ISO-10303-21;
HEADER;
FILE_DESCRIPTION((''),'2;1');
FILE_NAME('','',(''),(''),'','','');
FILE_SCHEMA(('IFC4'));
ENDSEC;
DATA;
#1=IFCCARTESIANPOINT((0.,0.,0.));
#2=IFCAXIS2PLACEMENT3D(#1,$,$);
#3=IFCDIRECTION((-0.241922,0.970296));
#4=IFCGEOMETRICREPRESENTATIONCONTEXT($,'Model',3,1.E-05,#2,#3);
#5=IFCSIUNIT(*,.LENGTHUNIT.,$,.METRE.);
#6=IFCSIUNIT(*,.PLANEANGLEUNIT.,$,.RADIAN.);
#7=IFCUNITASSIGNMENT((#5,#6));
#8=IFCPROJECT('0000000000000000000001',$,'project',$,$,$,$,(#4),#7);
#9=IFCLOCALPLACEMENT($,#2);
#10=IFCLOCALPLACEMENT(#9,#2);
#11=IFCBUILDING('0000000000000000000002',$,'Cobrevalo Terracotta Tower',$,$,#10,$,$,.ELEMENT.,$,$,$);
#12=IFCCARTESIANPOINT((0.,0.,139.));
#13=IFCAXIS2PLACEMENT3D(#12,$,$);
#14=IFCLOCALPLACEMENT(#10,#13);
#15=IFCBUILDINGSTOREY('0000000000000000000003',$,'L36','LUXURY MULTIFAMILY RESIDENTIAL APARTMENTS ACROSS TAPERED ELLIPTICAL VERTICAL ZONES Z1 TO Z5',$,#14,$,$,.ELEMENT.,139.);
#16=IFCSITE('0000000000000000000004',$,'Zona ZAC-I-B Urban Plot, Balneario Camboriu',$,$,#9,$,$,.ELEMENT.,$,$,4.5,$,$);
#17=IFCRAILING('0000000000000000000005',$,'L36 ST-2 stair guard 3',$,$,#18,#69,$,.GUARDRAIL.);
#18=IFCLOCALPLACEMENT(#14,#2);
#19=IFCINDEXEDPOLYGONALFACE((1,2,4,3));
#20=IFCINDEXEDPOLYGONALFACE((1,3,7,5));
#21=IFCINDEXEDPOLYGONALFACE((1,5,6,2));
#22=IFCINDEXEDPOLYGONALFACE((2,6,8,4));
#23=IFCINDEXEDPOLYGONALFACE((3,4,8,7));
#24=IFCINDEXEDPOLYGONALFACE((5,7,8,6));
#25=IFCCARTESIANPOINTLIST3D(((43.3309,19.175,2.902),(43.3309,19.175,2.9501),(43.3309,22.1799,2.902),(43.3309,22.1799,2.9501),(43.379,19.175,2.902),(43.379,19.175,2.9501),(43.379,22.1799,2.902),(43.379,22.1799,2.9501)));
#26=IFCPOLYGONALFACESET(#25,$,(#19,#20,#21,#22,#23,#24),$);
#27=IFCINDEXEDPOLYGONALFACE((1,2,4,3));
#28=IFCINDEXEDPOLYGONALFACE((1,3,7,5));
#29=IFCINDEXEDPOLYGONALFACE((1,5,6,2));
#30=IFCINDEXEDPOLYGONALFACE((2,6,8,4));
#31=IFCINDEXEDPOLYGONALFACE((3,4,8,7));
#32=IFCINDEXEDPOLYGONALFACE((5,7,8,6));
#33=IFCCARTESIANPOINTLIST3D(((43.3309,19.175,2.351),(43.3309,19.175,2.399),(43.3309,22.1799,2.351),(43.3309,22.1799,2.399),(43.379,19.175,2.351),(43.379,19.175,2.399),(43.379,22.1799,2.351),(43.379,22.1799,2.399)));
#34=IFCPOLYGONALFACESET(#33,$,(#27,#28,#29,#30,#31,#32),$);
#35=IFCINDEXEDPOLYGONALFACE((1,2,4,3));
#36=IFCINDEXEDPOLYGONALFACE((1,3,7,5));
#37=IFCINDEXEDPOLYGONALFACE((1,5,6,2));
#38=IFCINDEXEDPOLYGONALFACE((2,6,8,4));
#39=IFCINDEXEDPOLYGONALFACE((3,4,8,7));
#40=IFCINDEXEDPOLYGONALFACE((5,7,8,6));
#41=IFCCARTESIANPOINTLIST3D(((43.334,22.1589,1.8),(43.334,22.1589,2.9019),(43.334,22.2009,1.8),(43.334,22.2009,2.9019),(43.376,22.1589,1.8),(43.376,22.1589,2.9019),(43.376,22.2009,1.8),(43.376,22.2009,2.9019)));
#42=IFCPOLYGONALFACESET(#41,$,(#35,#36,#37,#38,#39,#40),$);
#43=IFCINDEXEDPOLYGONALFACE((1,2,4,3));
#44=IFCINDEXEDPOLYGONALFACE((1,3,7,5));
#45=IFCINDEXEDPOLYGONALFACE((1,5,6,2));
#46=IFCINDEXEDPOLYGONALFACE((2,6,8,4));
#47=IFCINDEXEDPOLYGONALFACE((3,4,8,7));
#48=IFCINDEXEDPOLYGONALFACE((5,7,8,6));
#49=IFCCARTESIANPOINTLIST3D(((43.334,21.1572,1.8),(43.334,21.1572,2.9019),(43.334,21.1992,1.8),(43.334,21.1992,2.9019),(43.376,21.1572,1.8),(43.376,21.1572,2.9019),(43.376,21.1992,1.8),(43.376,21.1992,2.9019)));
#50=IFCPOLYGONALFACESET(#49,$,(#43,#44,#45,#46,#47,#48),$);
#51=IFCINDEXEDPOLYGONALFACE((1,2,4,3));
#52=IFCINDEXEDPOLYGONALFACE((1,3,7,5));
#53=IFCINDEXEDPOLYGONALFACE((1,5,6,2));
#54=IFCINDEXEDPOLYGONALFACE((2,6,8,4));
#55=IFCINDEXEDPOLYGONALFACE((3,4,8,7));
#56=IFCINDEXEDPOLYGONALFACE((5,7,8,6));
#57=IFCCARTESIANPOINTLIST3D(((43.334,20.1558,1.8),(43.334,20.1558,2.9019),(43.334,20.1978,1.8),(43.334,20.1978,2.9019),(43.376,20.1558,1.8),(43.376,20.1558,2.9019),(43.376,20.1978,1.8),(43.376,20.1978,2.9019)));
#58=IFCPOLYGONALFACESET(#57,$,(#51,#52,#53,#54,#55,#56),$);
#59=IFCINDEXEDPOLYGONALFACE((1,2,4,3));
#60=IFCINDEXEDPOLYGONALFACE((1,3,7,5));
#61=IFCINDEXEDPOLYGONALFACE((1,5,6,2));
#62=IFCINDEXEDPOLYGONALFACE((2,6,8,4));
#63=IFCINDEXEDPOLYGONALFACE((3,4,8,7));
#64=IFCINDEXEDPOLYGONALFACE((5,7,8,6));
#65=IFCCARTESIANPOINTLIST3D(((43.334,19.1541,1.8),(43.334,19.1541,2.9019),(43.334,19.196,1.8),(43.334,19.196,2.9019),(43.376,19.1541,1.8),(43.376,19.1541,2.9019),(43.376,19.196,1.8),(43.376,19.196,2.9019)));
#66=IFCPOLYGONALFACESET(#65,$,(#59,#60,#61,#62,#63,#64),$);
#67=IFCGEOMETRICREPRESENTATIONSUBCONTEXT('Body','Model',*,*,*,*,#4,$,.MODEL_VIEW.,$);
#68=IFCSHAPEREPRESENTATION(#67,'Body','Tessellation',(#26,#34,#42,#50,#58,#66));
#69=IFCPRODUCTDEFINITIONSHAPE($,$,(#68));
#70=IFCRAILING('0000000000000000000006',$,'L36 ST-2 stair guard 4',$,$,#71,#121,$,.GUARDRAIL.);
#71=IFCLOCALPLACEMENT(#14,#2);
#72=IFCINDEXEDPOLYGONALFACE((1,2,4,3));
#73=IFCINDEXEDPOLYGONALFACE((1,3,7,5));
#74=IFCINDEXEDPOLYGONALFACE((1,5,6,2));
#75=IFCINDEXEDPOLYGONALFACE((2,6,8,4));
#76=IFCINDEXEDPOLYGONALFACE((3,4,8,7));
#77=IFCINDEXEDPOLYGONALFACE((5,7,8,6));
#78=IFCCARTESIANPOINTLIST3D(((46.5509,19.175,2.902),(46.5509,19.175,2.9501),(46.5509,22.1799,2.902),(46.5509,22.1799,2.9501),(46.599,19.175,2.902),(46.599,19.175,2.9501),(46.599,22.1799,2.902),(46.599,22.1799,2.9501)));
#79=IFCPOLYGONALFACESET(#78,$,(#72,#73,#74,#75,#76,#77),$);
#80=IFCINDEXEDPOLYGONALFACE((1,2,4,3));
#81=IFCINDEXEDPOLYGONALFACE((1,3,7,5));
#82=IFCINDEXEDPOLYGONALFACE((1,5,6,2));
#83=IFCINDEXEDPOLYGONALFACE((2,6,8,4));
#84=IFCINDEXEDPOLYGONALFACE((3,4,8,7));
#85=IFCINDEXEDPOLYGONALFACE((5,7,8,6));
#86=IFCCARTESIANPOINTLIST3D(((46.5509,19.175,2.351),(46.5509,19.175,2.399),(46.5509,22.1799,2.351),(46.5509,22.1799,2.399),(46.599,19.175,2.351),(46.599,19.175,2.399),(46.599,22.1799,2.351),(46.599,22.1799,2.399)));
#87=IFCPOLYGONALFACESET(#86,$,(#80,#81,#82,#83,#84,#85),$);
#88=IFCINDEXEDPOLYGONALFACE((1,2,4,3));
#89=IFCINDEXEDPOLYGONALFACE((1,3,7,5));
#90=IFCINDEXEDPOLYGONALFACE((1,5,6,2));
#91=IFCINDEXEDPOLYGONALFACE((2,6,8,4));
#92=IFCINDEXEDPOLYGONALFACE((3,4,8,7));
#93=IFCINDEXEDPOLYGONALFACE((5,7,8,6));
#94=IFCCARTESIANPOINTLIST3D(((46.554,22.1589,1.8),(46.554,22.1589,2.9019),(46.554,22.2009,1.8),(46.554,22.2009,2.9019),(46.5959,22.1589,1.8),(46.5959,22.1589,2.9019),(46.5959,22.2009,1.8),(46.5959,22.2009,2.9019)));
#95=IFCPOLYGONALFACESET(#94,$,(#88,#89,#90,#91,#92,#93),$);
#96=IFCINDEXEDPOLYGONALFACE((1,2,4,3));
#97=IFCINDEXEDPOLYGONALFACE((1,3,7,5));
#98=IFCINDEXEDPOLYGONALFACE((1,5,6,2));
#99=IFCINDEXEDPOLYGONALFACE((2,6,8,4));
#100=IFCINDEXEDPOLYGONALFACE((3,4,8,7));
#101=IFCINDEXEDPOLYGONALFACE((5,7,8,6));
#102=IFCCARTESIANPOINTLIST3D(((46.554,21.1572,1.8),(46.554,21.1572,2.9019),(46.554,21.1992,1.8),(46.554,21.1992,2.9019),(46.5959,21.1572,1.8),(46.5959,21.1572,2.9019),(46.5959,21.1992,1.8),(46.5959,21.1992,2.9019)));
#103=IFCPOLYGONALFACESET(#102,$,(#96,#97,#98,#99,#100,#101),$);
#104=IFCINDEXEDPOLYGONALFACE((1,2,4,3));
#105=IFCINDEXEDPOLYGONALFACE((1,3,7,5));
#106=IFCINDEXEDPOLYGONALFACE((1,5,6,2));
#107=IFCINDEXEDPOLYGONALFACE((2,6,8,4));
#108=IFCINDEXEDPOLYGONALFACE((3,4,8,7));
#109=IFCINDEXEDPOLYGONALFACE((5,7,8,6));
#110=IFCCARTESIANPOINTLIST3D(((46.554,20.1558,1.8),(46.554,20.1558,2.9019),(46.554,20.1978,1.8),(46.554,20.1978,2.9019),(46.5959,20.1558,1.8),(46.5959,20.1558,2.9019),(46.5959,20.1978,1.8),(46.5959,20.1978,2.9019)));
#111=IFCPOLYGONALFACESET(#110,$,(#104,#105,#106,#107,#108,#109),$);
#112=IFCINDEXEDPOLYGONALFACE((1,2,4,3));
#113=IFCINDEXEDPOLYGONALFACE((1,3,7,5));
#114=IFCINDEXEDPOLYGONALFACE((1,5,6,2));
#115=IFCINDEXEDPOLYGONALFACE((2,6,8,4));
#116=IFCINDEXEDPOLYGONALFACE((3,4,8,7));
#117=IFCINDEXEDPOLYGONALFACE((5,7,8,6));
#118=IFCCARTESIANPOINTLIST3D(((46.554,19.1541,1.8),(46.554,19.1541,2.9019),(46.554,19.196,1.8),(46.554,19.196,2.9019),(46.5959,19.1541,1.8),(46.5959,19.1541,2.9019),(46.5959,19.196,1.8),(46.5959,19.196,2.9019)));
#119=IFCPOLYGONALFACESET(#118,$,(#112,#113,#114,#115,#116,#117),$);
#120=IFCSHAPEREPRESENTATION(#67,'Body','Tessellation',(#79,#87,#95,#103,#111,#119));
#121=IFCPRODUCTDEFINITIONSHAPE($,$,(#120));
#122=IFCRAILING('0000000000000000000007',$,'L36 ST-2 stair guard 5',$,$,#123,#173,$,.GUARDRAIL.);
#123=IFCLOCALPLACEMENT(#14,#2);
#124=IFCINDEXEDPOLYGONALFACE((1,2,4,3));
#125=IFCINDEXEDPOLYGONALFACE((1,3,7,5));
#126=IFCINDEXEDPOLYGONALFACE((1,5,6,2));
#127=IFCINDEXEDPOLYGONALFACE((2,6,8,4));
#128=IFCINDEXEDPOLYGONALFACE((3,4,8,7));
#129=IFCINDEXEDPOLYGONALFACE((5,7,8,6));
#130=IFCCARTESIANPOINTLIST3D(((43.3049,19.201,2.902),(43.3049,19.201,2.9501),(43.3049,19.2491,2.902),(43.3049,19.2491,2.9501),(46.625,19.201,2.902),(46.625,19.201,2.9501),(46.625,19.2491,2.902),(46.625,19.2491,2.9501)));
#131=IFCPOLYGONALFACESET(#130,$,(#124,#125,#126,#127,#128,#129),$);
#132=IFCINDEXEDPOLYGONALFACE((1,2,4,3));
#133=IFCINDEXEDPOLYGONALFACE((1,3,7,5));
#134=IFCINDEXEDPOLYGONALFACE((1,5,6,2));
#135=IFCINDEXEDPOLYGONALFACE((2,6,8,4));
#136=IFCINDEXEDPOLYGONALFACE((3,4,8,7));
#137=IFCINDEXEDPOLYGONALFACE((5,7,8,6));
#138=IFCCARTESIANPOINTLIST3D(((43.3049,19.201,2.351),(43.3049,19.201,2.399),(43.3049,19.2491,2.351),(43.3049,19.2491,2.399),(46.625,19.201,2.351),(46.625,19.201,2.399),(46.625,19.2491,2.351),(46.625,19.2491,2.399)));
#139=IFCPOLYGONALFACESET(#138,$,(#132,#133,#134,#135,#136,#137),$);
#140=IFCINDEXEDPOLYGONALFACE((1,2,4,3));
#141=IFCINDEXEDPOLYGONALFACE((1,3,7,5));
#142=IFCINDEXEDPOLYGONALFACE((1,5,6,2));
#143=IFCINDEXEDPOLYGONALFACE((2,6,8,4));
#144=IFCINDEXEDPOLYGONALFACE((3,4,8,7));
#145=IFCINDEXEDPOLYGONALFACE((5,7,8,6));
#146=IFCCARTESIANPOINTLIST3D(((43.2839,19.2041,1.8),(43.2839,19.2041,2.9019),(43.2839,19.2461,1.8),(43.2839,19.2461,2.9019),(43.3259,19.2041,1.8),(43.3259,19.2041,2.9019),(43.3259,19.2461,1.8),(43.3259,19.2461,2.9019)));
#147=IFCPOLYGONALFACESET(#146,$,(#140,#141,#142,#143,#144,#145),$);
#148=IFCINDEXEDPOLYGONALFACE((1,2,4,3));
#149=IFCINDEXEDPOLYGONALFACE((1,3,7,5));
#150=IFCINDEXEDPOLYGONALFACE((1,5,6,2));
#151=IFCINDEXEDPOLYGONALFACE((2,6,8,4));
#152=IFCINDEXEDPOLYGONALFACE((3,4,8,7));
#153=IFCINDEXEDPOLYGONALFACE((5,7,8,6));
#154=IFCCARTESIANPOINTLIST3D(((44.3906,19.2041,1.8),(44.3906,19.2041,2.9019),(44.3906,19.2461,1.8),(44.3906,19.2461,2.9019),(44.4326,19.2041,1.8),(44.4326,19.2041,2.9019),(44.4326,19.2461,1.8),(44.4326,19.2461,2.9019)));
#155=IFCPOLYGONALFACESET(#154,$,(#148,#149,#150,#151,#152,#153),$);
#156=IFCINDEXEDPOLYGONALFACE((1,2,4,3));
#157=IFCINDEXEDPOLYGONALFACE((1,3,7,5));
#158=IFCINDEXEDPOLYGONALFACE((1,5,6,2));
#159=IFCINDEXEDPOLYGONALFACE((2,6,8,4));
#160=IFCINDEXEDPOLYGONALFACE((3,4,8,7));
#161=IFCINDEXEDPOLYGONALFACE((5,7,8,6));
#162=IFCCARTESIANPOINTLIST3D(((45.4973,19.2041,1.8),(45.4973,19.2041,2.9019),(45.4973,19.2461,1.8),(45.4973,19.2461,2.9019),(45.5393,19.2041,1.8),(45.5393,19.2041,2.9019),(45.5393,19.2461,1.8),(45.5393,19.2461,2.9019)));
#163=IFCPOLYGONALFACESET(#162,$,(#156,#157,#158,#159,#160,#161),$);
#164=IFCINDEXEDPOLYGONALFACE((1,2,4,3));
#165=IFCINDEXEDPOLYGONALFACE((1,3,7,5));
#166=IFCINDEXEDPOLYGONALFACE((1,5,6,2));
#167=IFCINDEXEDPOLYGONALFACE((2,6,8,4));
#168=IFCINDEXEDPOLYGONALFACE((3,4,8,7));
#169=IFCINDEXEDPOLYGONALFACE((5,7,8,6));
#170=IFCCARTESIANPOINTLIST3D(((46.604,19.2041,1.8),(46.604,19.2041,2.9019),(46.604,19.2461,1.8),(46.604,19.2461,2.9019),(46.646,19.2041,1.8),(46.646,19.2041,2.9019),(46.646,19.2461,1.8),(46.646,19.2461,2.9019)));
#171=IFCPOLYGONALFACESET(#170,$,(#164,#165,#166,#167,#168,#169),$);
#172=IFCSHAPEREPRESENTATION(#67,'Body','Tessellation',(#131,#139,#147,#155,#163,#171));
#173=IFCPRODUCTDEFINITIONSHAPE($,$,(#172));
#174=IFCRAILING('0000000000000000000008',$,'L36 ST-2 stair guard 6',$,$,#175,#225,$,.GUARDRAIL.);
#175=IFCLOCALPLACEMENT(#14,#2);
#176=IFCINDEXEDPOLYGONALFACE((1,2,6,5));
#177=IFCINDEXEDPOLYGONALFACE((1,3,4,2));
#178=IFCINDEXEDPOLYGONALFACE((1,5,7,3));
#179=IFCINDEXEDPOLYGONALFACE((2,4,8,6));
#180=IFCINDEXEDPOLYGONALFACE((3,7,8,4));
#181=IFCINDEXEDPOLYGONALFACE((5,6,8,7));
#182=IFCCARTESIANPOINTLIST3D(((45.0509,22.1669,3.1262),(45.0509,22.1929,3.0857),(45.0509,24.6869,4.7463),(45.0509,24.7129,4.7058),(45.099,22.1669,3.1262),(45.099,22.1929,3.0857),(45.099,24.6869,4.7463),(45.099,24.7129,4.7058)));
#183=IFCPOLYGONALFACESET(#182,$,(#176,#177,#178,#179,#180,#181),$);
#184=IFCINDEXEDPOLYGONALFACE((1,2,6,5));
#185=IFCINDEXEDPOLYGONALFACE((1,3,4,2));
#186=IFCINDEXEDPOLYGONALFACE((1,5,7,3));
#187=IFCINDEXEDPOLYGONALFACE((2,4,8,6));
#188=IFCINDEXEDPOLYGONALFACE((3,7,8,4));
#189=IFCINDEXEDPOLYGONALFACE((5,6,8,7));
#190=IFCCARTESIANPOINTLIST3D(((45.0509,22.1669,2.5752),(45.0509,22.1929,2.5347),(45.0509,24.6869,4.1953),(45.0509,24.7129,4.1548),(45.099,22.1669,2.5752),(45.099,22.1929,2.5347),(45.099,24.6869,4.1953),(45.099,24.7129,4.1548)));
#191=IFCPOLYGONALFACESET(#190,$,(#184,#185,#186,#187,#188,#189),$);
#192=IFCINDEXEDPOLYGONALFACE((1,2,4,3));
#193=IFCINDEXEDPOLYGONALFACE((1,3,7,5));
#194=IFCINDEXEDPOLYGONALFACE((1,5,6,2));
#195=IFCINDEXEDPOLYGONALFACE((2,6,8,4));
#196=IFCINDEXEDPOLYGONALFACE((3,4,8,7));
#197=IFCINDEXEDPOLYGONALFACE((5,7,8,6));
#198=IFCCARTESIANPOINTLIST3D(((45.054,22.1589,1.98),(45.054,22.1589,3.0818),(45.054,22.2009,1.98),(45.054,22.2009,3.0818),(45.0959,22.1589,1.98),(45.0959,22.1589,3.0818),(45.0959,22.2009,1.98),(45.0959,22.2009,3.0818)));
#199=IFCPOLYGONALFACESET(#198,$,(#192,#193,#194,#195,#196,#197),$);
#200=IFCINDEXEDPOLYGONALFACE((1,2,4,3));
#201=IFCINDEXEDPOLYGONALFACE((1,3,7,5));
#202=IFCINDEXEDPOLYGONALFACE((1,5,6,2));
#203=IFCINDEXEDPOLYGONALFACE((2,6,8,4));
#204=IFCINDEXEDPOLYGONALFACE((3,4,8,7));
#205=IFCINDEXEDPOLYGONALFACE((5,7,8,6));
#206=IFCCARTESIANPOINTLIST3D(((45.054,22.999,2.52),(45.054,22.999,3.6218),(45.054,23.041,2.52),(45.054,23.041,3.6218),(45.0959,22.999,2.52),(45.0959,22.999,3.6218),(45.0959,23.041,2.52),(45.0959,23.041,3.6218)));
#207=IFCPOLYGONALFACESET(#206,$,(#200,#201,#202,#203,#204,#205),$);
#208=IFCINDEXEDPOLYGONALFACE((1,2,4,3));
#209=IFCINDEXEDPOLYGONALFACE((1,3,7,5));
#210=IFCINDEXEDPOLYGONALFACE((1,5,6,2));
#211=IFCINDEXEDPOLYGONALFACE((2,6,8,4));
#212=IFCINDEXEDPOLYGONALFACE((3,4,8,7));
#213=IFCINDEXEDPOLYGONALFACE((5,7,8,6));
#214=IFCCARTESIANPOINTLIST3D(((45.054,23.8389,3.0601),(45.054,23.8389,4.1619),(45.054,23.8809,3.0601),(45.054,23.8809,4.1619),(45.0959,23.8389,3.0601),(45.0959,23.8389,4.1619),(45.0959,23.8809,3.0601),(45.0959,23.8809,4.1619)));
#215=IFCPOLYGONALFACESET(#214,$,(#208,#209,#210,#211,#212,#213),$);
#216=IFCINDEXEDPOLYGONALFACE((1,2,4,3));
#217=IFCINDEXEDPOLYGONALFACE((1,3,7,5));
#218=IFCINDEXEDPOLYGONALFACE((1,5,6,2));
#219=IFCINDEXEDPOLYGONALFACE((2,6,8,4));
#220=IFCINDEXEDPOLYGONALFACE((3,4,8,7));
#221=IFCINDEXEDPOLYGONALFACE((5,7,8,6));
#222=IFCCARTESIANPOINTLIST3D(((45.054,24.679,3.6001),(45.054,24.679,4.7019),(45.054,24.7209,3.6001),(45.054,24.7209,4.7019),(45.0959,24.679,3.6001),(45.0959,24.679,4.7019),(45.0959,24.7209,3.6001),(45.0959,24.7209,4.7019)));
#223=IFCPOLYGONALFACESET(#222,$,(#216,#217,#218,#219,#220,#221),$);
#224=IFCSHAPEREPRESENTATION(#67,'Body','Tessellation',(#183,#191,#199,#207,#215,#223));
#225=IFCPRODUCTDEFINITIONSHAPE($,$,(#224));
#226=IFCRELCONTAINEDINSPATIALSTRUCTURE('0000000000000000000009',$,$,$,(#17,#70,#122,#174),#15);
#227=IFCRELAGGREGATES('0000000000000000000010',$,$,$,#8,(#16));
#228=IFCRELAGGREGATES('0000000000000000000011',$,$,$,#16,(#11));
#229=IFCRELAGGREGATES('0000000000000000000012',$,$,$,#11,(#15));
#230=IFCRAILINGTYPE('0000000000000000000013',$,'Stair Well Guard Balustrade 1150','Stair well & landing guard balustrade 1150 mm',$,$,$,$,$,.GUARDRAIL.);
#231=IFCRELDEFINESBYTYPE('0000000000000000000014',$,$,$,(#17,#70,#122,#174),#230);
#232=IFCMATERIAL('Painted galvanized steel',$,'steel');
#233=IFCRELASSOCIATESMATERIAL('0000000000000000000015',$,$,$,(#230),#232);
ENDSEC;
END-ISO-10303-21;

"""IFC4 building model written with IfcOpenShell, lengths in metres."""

from ifc_helpers import new_model, si_unit, direction, frame, origin, origin_2d, place, context, subcontext, project, spatial, rectangle, extrude, material, type_object, element, save


model = new_model("IFC4")

# Units and contexts
model_context = context("Model", 3, precision=1e-05, world=origin(), true_north=direction((-0.241922, 0.970296)))
body_context = subcontext(model_context, "Body", "Model", "MODEL_VIEW")
ifc_project = project(units=[si_unit("LENGTHUNIT", "METRE"), si_unit("PLANEANGLEUNIT", "RADIAN")], contexts=[model_context])

# Site, building, storey
site_placement = place(None, origin())
site = spatial("IfcSite", under=ifc_project, at=site_placement, Name="Zona ZAC-I-B Urban Plot, Balneario Camboriu", CompositionType="ELEMENT", RefElevation=4.5)
building_placement = place(site_placement, origin())
building = spatial("IfcBuilding", under=site, at=building_placement, Name="Cobrevalo Terracotta Tower", CompositionType="ELEMENT")
storey_placement = place(building_placement, frame((0.0, 0.0, 139.0)))
storey = spatial("IfcBuildingStorey", under=building, at=storey_placement, Name="L36", Description="LUXURY MULTIFAMILY RESIDENTIAL APARTMENTS ACROSS TAPERED ELLIPTICAL VERTICAL ZONES Z1 TO Z5", CompositionType="ELEMENT", Elevation=139.0)

# Railings
ifc_material_1 = material(Name="Painted galvanized steel", Category="steel")
railing_type_1 = type_object("IfcRailingType", Name="Stair Well Guard Balustrade 1150", Description="Stair well & landing guard balustrade 1150 mm", PredefinedType="GUARDRAIL", material=ifc_material_1)
for number, where, name in (
    (1, (43.355, 22.1799, 1.8), "L36 ST-2 stair guard 3"),
    (2, (46.575, 22.1799, 1.8), "L36 ST-2 stair guard 4"),
):
    element("IfcRailing", number, at=place(storey_placement, frame(where)), inside=storey, type_object=railing_type_1, Name=name, PredefinedType="GUARDRAIL", context=body_context, shape_type="SweptSolid", body=[
        extrude(rectangle(XDim=0.0481, YDim=0.0481, at=origin_2d()), frame((0.0, 0.0, 1.126), z_axis=(0.0, -1.0, 0.0), x_axis=(1.0, 0.0, 0.0)), (0.0, 0.0, 1.0), 3.0049),
        extrude(rectangle(XDim=0.0481, YDim=0.0481, at=origin_2d()), frame((0.0, 0.0, 0.575), z_axis=(0.0, -1.0, 0.0), x_axis=(1.0, 0.0, 0.0)), (0.0, 0.0, 1.0), 3.0049),
        extrude(rectangle(XDim=0.042, YDim=0.042, at=origin_2d()), origin(), (0.0, 0.0, 1.0), 1.1018),
        extrude(rectangle(XDim=0.042, YDim=0.042, at=origin_2d()), frame((0.0, -1.0017, 0.0)), (0.0, 0.0, 1.0), 1.1018),
        extrude(rectangle(XDim=0.042, YDim=0.042, at=origin_2d()), frame((0.0, -2.0032, 0.0)), (0.0, 0.0, 1.0), 1.1018),
        extrude(rectangle(XDim=0.042, YDim=0.042, at=origin_2d()), frame((0.0, -3.0049, 0.0)), (0.0, 0.0, 1.0), 1.1018),
    ])
railing_1_placement = place(storey_placement, frame((43.3049, 19.2251, 1.8)))
element("IfcRailing", 3, at=railing_1_placement, inside=storey, type_object=railing_type_1, Name="L36 ST-2 stair guard 5", PredefinedType="GUARDRAIL", context=body_context, shape_type="SweptSolid", body=[
    extrude(rectangle(XDim=0.0481, YDim=0.0481, at=origin_2d()), frame((0.0, 0.0, 1.126), z_axis=(1.0, 0.0, 0.0), x_axis=(0.0, 1.0, 0.0)), (0.0, 0.0, 1.0), 3.3201),
    extrude(rectangle(XDim=0.0481, YDim=0.0481, at=origin_2d()), frame((0.0, 0.0, 0.575), z_axis=(1.0, 0.0, 0.0), x_axis=(0.0, 1.0, 0.0)), (0.0, 0.0, 1.0), 3.3201),
    extrude(rectangle(XDim=0.042, YDim=0.042, at=origin_2d()), origin(), (0.0, 0.0, 1.0), 1.1018),
    extrude(rectangle(XDim=0.042, YDim=0.042, at=origin_2d()), frame((1.1067, 0.0, 0.0)), (0.0, 0.0, 1.0), 1.1018),
    extrude(rectangle(XDim=0.042, YDim=0.042, at=origin_2d()), frame((2.2134, 0.0, 0.0)), (0.0, 0.0, 1.0), 1.1018),
    extrude(rectangle(XDim=0.042, YDim=0.042, at=origin_2d()), frame((3.3201, 0.0, 0.0)), (0.0, 0.0, 1.0), 1.1018),
])
railing_2_placement = place(storey_placement, frame((45.075, 22.1799, 1.98)))
element("IfcRailing", 4, at=railing_2_placement, inside=storey, type_object=railing_type_1, Name="L36 ST-2 stair guard 6", PredefinedType="GUARDRAIL", context=body_context, shape_type="SweptSolid", body=[
    extrude(rectangle(XDim=0.0481, YDim=0.0481, at=origin_2d()), frame((0.0, 0.0, 1.126), z_axis=(0.0, 0.841163, 0.540782), x_axis=(-1.0, 0.0, 0.0)), (0.0, 0.0, 1.0), 2.9958),
    extrude(rectangle(XDim=0.0481, YDim=0.0481, at=origin_2d()), frame((0.0, 0.0, 0.575), z_axis=(0.0, 0.841163, 0.540782), x_axis=(-1.0, 0.0, 0.0)), (0.0, 0.0, 1.0), 2.9958),
    extrude(rectangle(XDim=0.042, YDim=0.042, at=origin_2d()), origin(), (0.0, 0.0, 1.0), 1.1018),
    extrude(rectangle(XDim=0.042, YDim=0.042, at=origin_2d()), frame((0.0, 0.8401, 0.54)), (0.0, 0.0, 1.0), 1.1018),
    extrude(rectangle(XDim=0.042, YDim=0.042, at=origin_2d()), frame((0.0, 1.6799, 1.0801)), (0.0, 0.0, 1.0), 1.1018),
    extrude(rectangle(XDim=0.042, YDim=0.042, at=origin_2d()), frame((0.0, 2.52, 1.6201)), (0.0, 0.0, 1.0), 1.1018),
])

save(model, "model.ifc")
